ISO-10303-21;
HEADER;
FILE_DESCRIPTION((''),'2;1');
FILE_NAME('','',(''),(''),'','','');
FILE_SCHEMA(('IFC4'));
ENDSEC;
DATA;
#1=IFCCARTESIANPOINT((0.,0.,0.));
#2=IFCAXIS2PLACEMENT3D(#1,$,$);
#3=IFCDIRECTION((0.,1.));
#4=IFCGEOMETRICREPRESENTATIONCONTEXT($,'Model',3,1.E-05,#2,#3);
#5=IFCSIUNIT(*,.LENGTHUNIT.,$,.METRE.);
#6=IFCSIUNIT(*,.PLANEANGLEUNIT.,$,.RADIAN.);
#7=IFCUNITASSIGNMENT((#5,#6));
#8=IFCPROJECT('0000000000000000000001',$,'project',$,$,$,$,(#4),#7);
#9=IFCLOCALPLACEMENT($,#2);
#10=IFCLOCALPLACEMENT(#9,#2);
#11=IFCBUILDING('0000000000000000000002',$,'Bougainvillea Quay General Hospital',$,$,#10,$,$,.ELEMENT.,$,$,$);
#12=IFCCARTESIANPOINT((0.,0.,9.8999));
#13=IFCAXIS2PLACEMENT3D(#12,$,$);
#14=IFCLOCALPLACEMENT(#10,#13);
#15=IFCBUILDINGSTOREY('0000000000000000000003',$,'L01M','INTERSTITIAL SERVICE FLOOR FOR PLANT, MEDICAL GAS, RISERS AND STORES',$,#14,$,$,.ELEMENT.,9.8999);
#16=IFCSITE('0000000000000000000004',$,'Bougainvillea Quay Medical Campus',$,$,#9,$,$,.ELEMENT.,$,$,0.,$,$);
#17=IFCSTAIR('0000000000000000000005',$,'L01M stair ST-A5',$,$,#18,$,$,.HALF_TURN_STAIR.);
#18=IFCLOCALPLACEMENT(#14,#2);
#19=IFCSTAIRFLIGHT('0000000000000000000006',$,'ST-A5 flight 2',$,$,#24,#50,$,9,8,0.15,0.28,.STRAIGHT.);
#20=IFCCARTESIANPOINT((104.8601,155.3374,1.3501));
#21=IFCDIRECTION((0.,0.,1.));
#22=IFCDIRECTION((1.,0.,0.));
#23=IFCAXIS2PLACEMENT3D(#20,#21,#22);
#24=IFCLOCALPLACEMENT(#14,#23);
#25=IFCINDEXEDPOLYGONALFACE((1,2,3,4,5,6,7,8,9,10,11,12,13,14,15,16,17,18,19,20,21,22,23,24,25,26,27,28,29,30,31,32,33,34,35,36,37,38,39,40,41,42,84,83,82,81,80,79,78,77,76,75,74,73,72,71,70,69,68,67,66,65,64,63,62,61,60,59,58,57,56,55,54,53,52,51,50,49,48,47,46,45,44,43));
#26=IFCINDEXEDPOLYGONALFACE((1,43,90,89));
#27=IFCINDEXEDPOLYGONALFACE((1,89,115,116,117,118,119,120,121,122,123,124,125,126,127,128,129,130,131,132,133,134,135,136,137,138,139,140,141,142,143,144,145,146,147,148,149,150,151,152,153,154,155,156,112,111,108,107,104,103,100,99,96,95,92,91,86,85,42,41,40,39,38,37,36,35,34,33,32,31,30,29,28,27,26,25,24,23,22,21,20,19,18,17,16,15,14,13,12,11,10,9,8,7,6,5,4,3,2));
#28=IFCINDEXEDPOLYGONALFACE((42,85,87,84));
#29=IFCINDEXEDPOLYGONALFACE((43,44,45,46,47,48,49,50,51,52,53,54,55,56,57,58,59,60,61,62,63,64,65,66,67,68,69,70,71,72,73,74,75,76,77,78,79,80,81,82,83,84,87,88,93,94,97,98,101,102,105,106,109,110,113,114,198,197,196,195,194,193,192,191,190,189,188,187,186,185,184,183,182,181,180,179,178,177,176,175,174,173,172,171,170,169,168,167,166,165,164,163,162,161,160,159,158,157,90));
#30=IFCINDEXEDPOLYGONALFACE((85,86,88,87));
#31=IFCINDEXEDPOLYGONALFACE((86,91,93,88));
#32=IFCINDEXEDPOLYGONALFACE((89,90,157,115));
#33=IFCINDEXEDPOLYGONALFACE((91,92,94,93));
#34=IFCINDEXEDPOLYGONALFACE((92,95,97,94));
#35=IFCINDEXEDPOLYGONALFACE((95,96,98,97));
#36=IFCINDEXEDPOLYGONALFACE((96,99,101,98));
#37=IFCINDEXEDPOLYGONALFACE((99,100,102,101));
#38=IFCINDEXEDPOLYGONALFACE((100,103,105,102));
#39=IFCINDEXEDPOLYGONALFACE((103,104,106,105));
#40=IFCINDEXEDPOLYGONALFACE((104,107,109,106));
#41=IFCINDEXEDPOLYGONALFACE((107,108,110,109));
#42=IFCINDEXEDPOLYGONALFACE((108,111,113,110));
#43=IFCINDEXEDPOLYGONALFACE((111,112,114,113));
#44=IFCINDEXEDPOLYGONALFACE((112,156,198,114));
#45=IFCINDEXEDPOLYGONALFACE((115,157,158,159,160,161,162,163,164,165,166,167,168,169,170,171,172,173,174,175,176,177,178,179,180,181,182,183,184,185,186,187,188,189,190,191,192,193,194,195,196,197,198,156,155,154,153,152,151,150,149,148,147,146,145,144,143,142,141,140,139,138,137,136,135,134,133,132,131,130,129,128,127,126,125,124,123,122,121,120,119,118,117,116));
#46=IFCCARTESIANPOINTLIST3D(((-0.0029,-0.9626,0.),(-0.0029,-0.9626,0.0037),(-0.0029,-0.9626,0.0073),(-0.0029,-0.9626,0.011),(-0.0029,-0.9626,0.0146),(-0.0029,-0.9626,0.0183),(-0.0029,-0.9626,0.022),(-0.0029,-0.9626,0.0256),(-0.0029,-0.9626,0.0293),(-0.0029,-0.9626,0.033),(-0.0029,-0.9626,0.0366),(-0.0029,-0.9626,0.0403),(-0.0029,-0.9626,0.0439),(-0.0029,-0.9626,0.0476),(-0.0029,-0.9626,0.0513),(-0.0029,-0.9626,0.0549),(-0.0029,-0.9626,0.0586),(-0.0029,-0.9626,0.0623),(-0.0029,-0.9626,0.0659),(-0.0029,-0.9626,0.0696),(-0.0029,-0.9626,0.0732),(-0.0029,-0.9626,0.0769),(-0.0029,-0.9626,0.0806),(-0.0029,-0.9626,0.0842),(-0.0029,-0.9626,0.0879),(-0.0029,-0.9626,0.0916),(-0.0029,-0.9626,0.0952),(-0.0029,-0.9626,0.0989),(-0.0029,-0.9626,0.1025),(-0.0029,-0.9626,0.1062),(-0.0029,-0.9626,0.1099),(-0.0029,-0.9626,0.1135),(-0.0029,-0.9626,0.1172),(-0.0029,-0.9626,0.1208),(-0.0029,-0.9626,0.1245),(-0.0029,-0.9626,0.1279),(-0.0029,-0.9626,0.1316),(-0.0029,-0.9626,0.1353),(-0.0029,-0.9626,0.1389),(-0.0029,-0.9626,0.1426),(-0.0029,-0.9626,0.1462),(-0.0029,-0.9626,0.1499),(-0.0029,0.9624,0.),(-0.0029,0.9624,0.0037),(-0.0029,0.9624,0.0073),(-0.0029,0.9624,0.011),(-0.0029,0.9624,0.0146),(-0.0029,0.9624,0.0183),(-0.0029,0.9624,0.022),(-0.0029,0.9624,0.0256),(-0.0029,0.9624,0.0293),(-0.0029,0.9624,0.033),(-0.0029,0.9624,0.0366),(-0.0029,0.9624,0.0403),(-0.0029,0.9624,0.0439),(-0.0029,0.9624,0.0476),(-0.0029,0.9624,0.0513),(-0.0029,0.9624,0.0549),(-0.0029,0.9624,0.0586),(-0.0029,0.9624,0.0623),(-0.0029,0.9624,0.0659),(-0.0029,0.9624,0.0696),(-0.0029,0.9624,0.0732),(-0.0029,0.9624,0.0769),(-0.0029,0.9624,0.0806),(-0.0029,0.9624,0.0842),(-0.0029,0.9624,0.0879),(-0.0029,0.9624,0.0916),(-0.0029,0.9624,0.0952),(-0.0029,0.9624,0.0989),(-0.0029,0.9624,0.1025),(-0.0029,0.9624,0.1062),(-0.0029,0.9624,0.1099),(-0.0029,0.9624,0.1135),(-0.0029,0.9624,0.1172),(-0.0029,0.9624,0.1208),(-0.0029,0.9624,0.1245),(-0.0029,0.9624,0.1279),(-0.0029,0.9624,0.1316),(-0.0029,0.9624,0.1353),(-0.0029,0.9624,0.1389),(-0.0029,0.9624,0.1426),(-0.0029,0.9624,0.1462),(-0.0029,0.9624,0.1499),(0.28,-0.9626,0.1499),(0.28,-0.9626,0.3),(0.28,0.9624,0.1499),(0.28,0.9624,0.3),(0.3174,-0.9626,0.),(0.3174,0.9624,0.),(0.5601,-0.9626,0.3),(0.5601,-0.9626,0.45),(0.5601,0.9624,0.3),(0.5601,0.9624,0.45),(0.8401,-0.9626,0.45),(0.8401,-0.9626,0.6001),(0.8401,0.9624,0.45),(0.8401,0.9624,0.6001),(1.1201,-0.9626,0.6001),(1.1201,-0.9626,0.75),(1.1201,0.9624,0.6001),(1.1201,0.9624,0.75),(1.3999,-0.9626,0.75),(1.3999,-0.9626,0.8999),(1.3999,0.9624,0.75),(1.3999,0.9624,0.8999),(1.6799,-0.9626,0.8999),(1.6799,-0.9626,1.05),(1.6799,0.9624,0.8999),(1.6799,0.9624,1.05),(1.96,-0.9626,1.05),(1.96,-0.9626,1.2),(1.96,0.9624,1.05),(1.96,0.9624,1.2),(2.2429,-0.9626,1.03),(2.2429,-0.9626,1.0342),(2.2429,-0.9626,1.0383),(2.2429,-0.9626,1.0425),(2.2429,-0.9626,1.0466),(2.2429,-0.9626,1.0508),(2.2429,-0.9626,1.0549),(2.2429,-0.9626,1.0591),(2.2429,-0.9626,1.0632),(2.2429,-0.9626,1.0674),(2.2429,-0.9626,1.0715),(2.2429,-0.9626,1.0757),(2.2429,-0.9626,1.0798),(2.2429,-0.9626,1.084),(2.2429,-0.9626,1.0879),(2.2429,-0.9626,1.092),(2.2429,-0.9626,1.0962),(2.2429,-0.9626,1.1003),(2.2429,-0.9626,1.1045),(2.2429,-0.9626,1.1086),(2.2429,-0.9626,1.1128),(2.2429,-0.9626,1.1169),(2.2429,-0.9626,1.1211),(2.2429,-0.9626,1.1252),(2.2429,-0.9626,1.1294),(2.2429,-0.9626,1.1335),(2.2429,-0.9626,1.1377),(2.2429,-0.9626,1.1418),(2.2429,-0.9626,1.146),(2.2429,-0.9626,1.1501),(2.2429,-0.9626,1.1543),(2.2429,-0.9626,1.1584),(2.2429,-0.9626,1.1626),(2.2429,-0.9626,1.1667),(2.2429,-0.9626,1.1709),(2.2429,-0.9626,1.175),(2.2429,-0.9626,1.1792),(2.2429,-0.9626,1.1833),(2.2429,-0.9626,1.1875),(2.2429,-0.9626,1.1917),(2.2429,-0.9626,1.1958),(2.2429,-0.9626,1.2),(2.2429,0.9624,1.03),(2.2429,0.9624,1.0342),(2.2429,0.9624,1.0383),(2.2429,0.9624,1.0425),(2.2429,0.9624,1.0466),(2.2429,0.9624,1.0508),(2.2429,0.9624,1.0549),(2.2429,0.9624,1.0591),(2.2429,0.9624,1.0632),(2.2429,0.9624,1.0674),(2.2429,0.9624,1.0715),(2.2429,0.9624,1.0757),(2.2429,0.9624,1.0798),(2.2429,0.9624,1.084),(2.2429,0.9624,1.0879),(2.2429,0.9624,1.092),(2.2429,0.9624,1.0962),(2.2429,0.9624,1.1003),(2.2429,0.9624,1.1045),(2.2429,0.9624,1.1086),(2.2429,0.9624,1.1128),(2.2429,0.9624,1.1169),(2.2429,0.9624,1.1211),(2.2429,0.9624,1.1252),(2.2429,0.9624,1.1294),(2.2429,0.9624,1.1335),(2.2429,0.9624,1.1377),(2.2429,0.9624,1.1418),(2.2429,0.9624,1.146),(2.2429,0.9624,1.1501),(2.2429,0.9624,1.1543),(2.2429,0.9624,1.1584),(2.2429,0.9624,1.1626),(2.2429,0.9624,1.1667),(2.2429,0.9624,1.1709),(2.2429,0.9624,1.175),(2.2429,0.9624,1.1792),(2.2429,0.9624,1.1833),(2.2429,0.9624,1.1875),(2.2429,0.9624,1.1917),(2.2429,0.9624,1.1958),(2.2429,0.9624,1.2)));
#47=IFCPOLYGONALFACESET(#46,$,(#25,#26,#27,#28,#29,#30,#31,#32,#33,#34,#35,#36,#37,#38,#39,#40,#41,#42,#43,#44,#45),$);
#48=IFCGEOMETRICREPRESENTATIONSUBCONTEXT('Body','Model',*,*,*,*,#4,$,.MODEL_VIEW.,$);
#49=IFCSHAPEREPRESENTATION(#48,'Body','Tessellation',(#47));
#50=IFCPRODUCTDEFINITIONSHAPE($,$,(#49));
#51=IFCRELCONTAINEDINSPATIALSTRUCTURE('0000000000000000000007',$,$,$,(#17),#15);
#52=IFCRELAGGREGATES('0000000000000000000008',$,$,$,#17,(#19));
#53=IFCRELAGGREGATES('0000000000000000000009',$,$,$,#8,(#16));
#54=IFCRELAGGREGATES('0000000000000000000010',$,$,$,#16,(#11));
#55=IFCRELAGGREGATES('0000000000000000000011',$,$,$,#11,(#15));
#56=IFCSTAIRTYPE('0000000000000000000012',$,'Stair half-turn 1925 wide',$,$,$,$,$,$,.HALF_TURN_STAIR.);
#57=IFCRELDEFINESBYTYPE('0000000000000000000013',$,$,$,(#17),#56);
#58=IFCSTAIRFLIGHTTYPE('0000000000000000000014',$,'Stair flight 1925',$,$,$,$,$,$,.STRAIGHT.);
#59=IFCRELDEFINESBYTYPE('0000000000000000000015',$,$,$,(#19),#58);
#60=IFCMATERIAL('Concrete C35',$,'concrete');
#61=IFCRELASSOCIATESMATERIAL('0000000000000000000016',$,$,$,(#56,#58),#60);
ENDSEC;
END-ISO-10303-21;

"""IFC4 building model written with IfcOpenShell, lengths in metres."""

from ifc_helpers import new_model, si_unit, direction, frame, origin, place, context, subcontext, project, spatial, polyline, outline, extrude, material, type_object, element, aggregate, save


model = new_model("IFC4")

# Units and contexts
model_context = context("Model", 3, precision=1e-05, world=origin(), true_north=direction((0.0, 1.0)))
body_context = subcontext(model_context, "Body", "Model", "MODEL_VIEW")
ifc_project = project(units=[si_unit("LENGTHUNIT", "METRE"), si_unit("PLANEANGLEUNIT", "RADIAN")], contexts=[model_context])

# Site, building, storey
site_placement = place(None, origin())
site = spatial("IfcSite", under=ifc_project, at=site_placement, Name="Bougainvillea Quay Medical Campus", CompositionType="ELEMENT", RefElevation=0.0)
building_placement = place(site_placement, origin())
building = spatial("IfcBuilding", under=site, at=building_placement, Name="Bougainvillea Quay General Hospital", CompositionType="ELEMENT")
storey_placement = place(building_placement, frame((0.0, 0.0, 9.8999)))
storey = spatial("IfcBuildingStorey", under=building, at=storey_placement, Name="L01M", Description="INTERSTITIAL SERVICE FLOOR FOR PLANT, MEDICAL GAS, RISERS AND STORES", CompositionType="ELEMENT", Elevation=9.8999)

# Stair, stair flight
ifc_material_1 = material(Name="Concrete C35", Category="concrete")
stair_type = type_object("IfcStairType", Name="Stair half-turn 1925 wide", PredefinedType="HALF_TURN_STAIR", material=ifc_material_1)
stair_placement = place(storey_placement, origin())
stair = element("IfcStair", 1, at=stair_placement, inside=storey, type_object=stair_type, Name="L01M stair ST-A5", PredefinedType="HALF_TURN_STAIR")
stair_flight_type = type_object("IfcStairFlightType", Name="Stair flight 1925", PredefinedType="STRAIGHT", material=ifc_material_1)
stair_flight_1_placement = place(storey_placement, frame((104.8601, 155.3374, 1.3501), z_axis=(0.0, 0.0, 1.0), x_axis=(1.0, 0.0, 0.0)))
stair_flight_1 = element("IfcStairFlight", 2, at=stair_flight_1_placement, type_object=stair_flight_type, Name="ST-A5 flight 2", NumberOfRisers=9, NumberOfTreads=8, PredefinedType="STRAIGHT", RiserHeight=0.15, TreadLength=0.28, context=body_context, shape_type="SweptSolid", body=[
    extrude(outline(polyline([(-0.0029, 0.0), (-0.0029, 0.0037), (-0.0029, 0.0073), (-0.0029, 0.011), (-0.0029, 0.0146), (-0.0029, 0.0183), (-0.0029, 0.022), (-0.0029, 0.0256), (-0.0029, 0.0293), (-0.0029, 0.033), (-0.0029, 0.0366), (-0.0029, 0.0403), (-0.0029, 0.0439), (-0.0029, 0.0476), (-0.0029, 0.0513), (-0.0029, 0.0549), (-0.0029, 0.0586), (-0.0029, 0.0623), (-0.0029, 0.0659), (-0.0029, 0.0696), (-0.0029, 0.0732), (-0.0029, 0.0769), (-0.0029, 0.0806), (-0.0029, 0.0842), (-0.0029, 0.0879), (-0.0029, 0.0916), (-0.0029, 0.0952), (-0.0029, 0.0989), (-0.0029, 0.1025), (-0.0029, 0.1062), (-0.0029, 0.1099), (-0.0029, 0.1135), (-0.0029, 0.1172), (-0.0029, 0.1208), (-0.0029, 0.1245), (-0.0029, 0.1279), (-0.0029, 0.1316), (-0.0029, 0.1353), (-0.0029, 0.1389), (-0.0029, 0.1426), (-0.0029, 0.1462), (-0.0029, 0.1499), (0.28, 0.1499), (0.28, 0.3), (0.5601, 0.3), (0.5601, 0.45), (0.8401, 0.45), (0.8401, 0.6001), (1.1201, 0.6001), (1.1201, 0.75), (1.3999, 0.75), (1.3999, 0.8999), (1.6799, 0.8999), (1.6799, 1.05), (1.96, 1.05), (1.96, 1.2), (2.2429, 1.2), (2.2429, 1.1958), (2.2429, 1.1917), (2.2429, 1.1875), (2.2429, 1.1833), (2.2429, 1.1792), (2.2429, 1.175), (2.2429, 1.1709), (2.2429, 1.1667), (2.2429, 1.1626), (2.2429, 1.1584), (2.2429, 1.1543), (2.2429, 1.1501), (2.2429, 1.146), (2.2429, 1.1418), (2.2429, 1.1377), (2.2429, 1.1335), (2.2429, 1.1294), (2.2429, 1.1252), (2.2429, 1.1211), (2.2429, 1.1169), (2.2429, 1.1128), (2.2429, 1.1086), (2.2429, 1.1045), (2.2429, 1.1003), (2.2429, 1.0962), (2.2429, 1.092), (2.2429, 1.0879), (2.2429, 1.084), (2.2429, 1.0798), (2.2429, 1.0757), (2.2429, 1.0715), (2.2429, 1.0674), (2.2429, 1.0632), (2.2429, 1.0591), (2.2429, 1.0549), (2.2429, 1.0508), (2.2429, 1.0466), (2.2429, 1.0425), (2.2429, 1.0383), (2.2429, 1.0342), (2.2429, 1.03), (0.3174, 0.0), (-0.0029, 0.0)])), frame((0.0, 0.9624, 0.0), z_axis=(0.0, -1.0, 0.0), x_axis=(1.0, 0.0, 0.0)), (0.0, 0.0, 1.0), 1.925),
])
aggregate(stair, [stair_flight_1])

save(model, "model.ifc")
